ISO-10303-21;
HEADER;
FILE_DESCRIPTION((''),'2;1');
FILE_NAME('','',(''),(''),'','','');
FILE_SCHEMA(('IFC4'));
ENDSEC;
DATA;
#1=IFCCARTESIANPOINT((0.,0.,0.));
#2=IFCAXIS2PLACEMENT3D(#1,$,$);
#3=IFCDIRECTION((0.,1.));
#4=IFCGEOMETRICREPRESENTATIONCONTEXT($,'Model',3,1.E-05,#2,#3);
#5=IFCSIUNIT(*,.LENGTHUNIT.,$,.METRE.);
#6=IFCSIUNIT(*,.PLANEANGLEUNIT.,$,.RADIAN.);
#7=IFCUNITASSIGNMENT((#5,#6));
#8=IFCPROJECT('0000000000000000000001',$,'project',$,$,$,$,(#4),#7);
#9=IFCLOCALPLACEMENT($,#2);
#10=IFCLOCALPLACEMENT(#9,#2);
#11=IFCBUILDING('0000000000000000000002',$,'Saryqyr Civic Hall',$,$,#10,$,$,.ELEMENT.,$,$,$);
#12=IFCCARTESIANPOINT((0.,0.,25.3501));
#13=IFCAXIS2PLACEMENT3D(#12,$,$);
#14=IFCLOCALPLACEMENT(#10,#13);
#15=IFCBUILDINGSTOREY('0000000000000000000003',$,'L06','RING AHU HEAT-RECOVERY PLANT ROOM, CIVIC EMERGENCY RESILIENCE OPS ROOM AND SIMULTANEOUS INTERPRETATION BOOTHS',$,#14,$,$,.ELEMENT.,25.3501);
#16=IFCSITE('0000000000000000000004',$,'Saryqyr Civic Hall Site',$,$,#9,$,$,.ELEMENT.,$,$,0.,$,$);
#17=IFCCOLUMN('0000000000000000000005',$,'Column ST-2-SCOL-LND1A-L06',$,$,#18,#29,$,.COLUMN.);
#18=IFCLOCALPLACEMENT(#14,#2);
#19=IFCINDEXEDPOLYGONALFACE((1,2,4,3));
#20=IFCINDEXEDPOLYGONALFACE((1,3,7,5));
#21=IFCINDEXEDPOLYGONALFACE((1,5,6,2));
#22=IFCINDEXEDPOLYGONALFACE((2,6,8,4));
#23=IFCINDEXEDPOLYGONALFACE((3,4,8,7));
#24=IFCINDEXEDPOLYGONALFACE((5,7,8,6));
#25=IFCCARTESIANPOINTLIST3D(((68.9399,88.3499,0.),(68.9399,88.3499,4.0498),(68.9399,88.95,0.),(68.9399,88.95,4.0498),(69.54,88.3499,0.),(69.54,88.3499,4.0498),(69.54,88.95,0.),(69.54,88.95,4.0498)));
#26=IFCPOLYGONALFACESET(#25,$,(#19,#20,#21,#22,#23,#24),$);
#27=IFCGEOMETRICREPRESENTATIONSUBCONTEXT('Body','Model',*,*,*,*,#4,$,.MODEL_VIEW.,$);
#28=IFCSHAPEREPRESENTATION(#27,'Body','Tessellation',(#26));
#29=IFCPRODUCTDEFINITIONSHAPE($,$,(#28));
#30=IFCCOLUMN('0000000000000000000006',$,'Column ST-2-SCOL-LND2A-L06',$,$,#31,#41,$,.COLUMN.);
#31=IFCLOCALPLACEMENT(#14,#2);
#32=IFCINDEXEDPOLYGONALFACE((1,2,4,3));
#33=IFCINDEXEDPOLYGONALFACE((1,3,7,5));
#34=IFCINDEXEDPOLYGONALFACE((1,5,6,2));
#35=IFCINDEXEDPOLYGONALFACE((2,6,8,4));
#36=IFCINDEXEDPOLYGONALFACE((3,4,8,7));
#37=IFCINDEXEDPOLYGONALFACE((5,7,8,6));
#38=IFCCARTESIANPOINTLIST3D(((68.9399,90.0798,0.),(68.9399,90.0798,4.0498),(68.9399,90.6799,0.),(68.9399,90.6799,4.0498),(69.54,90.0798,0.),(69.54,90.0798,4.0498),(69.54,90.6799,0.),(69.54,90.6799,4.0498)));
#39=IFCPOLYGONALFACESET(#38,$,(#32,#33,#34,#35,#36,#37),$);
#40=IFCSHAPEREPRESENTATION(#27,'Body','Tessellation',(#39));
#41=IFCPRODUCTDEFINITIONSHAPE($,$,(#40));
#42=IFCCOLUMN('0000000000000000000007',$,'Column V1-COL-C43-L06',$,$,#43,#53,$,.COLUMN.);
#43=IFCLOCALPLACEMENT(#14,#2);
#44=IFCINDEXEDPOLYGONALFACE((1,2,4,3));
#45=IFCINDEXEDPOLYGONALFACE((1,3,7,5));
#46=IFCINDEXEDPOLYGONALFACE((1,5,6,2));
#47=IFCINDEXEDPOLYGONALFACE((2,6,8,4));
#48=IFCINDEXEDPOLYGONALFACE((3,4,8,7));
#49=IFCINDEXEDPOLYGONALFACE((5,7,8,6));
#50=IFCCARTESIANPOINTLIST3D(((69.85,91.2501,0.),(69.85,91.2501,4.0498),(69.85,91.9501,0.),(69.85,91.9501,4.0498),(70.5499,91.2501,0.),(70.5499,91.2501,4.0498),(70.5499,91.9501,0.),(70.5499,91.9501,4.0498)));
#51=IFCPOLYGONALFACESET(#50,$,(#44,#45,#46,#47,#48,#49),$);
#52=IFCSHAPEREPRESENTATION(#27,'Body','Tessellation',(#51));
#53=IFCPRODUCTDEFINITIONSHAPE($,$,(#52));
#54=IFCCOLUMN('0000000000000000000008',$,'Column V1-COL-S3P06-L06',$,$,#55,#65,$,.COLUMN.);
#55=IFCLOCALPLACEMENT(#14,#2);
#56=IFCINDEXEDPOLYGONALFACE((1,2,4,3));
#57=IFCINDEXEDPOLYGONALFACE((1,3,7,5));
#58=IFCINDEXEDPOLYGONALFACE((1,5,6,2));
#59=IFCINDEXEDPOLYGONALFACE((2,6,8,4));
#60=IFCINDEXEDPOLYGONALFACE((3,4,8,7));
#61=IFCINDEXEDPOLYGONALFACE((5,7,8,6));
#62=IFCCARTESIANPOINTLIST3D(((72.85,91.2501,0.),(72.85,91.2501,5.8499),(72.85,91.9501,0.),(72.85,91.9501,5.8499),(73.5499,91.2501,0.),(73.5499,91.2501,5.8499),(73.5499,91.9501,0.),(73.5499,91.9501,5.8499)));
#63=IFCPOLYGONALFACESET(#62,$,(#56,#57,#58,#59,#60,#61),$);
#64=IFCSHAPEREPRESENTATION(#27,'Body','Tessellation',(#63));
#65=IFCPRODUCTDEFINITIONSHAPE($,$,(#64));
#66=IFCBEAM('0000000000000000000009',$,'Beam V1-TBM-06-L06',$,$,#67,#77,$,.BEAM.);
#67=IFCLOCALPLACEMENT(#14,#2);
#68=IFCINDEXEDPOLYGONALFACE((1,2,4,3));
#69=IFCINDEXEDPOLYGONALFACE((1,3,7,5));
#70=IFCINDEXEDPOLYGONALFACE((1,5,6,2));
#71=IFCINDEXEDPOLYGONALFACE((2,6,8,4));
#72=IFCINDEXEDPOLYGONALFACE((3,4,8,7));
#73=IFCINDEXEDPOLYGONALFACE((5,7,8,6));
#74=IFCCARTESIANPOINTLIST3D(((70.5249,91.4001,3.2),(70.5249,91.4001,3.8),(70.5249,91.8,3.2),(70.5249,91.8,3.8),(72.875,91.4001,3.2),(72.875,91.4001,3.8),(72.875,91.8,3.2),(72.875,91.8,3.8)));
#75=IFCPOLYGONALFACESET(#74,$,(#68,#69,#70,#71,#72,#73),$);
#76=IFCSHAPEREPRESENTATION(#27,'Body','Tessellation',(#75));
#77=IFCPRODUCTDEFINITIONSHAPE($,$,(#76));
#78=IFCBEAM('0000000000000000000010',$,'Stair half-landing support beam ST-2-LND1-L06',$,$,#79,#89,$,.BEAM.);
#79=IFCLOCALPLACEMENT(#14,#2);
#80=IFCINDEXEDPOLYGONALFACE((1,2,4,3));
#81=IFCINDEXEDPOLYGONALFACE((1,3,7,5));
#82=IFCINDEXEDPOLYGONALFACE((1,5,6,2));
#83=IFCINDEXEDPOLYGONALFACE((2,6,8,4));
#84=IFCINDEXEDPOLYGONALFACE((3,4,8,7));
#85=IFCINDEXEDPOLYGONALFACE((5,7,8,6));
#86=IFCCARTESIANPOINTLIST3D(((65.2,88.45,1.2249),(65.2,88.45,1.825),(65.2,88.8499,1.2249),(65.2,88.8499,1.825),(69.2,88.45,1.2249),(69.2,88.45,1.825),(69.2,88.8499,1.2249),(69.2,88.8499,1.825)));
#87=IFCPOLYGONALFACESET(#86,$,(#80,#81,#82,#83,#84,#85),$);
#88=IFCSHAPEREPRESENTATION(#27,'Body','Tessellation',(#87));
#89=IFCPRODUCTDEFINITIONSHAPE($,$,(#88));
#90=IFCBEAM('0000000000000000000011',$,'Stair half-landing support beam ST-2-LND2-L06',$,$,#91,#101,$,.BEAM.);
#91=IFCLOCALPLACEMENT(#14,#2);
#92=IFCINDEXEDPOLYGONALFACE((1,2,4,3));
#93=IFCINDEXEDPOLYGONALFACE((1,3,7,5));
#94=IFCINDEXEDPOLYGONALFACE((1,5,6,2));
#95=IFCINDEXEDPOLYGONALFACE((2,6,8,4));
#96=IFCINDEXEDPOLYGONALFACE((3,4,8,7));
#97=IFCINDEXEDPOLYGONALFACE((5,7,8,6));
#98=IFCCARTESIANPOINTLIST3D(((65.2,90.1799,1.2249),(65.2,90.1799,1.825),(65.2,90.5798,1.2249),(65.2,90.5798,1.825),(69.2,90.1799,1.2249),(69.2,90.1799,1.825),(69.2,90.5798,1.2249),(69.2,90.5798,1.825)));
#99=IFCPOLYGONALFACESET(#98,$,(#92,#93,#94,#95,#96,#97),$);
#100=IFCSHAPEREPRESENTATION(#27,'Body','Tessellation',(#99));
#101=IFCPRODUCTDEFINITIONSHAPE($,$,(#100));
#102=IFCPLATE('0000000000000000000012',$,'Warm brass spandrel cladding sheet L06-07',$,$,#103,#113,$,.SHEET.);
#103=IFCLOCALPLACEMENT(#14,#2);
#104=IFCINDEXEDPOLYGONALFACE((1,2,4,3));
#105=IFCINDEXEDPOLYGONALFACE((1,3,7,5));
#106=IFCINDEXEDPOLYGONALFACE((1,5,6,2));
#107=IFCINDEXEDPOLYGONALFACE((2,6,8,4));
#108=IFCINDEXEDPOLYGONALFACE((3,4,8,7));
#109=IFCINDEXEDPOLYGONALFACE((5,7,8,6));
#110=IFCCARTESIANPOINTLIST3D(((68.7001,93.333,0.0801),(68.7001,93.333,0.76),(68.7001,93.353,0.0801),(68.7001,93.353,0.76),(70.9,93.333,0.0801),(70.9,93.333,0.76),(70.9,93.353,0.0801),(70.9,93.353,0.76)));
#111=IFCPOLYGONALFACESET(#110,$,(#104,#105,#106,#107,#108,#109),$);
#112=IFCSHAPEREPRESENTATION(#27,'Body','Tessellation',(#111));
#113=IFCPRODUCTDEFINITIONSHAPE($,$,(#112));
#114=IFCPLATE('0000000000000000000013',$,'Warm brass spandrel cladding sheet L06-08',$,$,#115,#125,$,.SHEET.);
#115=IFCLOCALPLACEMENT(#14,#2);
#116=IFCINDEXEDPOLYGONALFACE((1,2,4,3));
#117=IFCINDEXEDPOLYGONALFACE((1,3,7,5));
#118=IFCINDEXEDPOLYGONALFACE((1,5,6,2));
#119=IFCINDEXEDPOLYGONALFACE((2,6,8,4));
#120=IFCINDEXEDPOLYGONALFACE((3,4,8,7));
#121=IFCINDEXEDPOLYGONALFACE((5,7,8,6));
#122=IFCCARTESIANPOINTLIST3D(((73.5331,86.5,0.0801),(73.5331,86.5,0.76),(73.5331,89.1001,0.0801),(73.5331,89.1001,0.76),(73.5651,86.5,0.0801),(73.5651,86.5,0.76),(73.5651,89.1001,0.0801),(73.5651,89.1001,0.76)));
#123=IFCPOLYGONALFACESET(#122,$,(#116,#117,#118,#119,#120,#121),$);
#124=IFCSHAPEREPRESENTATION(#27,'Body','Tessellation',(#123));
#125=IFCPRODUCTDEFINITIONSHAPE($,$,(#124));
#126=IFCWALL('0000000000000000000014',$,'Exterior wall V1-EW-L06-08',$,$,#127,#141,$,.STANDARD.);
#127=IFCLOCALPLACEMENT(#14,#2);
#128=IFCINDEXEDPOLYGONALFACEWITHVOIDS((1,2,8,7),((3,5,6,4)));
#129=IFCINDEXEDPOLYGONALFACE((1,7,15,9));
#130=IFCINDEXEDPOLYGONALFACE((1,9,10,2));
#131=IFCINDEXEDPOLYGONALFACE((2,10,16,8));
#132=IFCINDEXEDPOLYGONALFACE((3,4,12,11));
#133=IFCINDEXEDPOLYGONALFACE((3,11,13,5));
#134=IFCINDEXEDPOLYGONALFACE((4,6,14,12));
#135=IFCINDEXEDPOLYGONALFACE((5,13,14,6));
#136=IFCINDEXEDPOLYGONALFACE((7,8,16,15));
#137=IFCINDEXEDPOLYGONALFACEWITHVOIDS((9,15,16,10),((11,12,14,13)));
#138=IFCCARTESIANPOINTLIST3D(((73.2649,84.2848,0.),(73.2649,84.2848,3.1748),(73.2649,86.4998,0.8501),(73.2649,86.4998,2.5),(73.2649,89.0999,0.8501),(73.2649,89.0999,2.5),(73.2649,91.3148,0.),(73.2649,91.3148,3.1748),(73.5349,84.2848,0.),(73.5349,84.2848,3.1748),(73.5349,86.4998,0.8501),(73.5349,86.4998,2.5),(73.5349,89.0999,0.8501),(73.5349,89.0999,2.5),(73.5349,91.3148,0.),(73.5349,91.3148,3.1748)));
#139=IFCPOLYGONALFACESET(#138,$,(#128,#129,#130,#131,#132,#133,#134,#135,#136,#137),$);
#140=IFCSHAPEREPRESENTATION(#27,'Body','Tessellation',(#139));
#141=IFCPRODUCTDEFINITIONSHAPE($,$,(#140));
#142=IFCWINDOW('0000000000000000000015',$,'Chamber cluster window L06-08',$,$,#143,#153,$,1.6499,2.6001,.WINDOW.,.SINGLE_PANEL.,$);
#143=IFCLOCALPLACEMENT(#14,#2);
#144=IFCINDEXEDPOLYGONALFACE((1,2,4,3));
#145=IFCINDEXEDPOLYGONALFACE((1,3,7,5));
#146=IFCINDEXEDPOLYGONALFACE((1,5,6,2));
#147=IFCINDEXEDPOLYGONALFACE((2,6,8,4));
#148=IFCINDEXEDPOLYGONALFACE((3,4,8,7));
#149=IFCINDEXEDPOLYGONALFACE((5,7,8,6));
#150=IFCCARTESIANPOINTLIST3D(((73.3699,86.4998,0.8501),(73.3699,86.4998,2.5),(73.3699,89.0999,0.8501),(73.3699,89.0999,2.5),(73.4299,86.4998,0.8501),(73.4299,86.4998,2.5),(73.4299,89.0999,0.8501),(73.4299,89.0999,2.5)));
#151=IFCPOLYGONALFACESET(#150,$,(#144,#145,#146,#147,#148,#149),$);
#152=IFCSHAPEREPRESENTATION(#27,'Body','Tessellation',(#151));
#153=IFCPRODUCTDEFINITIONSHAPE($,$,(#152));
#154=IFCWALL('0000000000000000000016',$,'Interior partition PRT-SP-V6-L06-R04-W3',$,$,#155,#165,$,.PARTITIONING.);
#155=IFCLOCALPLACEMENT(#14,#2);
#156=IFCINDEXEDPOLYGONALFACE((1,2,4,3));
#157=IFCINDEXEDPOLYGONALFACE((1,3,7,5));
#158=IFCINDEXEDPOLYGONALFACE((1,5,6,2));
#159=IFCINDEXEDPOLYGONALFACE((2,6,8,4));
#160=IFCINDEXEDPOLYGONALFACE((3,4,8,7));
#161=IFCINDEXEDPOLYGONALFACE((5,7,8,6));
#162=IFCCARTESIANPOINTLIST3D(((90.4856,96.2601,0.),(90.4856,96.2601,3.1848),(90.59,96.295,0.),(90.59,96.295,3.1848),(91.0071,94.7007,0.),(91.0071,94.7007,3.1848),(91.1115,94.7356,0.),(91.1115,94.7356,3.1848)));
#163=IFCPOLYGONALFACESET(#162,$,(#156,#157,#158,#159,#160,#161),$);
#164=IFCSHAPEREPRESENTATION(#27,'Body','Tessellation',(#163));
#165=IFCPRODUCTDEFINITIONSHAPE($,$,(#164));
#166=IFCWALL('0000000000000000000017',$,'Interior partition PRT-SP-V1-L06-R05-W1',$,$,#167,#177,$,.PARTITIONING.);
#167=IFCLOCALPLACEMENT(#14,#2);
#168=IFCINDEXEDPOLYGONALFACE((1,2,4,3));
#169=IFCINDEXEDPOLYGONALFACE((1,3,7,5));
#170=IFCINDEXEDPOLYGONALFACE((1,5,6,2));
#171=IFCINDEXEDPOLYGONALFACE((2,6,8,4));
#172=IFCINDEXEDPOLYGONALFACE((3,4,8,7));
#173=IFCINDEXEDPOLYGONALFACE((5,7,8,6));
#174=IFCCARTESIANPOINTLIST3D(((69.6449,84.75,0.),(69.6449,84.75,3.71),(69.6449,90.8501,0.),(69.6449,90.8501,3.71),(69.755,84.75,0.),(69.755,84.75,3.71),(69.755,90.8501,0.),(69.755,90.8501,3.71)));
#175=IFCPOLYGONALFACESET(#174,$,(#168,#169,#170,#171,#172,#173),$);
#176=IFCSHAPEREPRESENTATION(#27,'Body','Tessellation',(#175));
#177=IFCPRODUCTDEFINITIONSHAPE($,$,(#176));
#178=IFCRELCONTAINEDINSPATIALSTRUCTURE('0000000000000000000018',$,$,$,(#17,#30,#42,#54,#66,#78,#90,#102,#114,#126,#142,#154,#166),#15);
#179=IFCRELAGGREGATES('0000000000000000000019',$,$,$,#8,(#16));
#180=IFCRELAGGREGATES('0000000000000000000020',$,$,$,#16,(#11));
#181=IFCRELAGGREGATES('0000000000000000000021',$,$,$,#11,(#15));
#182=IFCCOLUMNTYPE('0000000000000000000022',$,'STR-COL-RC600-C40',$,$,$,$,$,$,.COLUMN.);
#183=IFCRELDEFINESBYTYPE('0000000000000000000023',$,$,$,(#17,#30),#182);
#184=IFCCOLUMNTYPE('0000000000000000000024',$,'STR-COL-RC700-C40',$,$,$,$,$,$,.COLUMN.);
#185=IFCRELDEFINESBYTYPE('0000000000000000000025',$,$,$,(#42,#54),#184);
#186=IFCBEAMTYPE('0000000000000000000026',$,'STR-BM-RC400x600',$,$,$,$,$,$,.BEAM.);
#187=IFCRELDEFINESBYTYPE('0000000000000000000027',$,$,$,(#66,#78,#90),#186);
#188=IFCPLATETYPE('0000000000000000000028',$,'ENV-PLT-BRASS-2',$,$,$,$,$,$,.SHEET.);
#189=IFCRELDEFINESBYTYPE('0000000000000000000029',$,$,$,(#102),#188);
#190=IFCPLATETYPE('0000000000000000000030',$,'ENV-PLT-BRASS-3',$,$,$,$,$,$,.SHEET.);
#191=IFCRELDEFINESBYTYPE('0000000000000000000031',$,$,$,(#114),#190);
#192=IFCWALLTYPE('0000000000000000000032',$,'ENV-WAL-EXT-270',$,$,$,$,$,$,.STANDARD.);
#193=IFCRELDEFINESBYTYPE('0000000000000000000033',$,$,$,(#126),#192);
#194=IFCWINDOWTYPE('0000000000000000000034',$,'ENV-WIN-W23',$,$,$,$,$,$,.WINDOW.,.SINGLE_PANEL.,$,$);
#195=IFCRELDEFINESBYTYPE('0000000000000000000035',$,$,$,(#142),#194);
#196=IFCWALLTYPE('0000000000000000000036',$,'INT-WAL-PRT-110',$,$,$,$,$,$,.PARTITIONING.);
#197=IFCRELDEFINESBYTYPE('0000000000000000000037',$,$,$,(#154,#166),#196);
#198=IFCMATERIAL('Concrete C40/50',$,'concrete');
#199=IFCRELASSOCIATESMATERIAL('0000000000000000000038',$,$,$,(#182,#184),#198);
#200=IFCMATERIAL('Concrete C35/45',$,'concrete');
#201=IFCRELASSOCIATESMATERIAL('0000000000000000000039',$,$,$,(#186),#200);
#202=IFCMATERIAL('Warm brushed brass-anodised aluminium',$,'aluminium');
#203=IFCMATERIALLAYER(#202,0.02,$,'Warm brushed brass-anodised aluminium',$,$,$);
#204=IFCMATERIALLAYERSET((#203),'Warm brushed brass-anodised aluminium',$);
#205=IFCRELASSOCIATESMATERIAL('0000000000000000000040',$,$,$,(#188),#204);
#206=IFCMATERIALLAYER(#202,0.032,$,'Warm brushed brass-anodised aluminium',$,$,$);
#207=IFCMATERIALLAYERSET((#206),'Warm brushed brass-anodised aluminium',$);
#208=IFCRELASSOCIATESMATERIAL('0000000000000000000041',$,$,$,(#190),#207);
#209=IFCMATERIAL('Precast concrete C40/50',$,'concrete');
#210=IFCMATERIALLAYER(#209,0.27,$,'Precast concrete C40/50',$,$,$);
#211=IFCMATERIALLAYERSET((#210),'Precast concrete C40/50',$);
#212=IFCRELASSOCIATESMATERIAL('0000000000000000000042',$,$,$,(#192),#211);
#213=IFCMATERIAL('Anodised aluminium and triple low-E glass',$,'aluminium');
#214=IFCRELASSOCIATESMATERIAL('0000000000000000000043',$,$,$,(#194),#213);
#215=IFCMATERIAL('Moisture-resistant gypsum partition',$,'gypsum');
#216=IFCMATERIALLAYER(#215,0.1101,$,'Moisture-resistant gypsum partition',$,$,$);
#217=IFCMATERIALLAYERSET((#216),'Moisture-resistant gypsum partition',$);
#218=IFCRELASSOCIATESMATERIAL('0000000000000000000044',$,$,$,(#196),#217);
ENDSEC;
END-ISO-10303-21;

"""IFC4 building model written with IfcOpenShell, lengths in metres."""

from ifc_helpers import new_model, si_unit, direction, frame, frame_2d, origin, origin_2d, place, context, subcontext, project, spatial, rectangle, extrude, material, layer, layer_set, material_profile, profile_set, type_object, element, fill, save


model = new_model("IFC4")

# Units and contexts
model_context = context("Model", 3, precision=1e-05, world=origin(), true_north=direction((0.0, 1.0)))
body_context = subcontext(model_context, "Body", "Model", "MODEL_VIEW")
ifc_project = project(units=[si_unit("LENGTHUNIT", "METRE"), si_unit("PLANEANGLEUNIT", "RADIAN")], contexts=[model_context])

# Site, building, storey
site_placement = place(None, origin())
site = spatial("IfcSite", under=ifc_project, at=site_placement, Name="Saryqyr Civic Hall Site", CompositionType="ELEMENT", RefElevation=0.0)
building_placement = place(site_placement, origin())
building = spatial("IfcBuilding", under=site, at=building_placement, Name="Saryqyr Civic Hall", CompositionType="ELEMENT")
storey_placement = place(building_placement, frame((0.0, 0.0, 25.3501)))
storey = spatial("IfcBuildingStorey", under=building, at=storey_placement, Name="L06", Description="RING AHU HEAT-RECOVERY PLANT ROOM, CIVIC EMERGENCY RESILIENCE OPS ROOM AND SIMULTANEOUS INTERPRETATION BOOTHS", CompositionType="ELEMENT", Elevation=25.3501)

# Columns
ifc_material_1 = material(Name="Concrete C40/50", Category="concrete")
ifc_material_profile_1 = material_profile(ifc_material_1, rectangle(XDim=0.6001, YDim=0.6001, at=origin_2d()), Name="RC 600x600")
ifc_profile_set_1 = profile_set([ifc_material_profile_1], Name="Concrete C40/50")
column_type_1 = type_object("IfcColumnType", Name="STR-COL-RC600-C40", PredefinedType="COLUMN", material=ifc_profile_set_1)
for number, where, z_axis, x_axis, name in (
    (1, (69.24, 88.6499, 0.0), (0.0, 0.0, 1.0), (1.0, 0.0, 0.0), "Column ST-2-SCOL-LND1A-L06"),
    (2, (69.24, 90.3799, 0.0), (0.0, 0.0, 1.0), (1.0, 0.0, 0.0), "Column ST-2-SCOL-LND2A-L06"),
):
    element("IfcColumn", number, at=place(storey_placement, frame(where, z_axis=z_axis, x_axis=x_axis)), inside=storey, type_object=column_type_1, Name=name, PredefinedType="COLUMN", context=body_context, shape_type="SweptSolid", body=[
        extrude(rectangle(XDim=0.6001, YDim=0.6001, at=origin_2d()), origin(), (0.0, 0.0, 1.0), 4.0498),
    ])
ifc_material_profile_2 = material_profile(ifc_material_1, rectangle(XDim=0.7, YDim=0.7, at=origin_2d()), Name="RC 700x700")
ifc_profile_set_2 = profile_set([ifc_material_profile_2], Name="Concrete C40/50")
column_type_2 = type_object("IfcColumnType", Name="STR-COL-RC700-C40", PredefinedType="COLUMN", material=ifc_profile_set_2)
column_1_placement = place(storey_placement, frame((70.2, 91.6001, 0.0), z_axis=(0.0, 0.0, 1.0), x_axis=(1.0, 0.0, 0.0)))
element("IfcColumn", 3, at=column_1_placement, inside=storey, type_object=column_type_2, Name="Column V1-COL-C43-L06", PredefinedType="COLUMN", context=body_context, shape_type="SweptSolid", body=[
    extrude(rectangle(XDim=0.7, YDim=0.7, at=origin_2d()), origin(), (0.0, 0.0, 1.0), 4.0498),
])
column_2_placement = place(storey_placement, frame((73.2, 91.6001, 0.0), z_axis=(0.0, 0.0, 1.0), x_axis=(1.0, 0.0, 0.0)))
element("IfcColumn", 4, at=column_2_placement, inside=storey, type_object=column_type_2, Name="Column V1-COL-S3P06-L06", PredefinedType="COLUMN", context=body_context, shape_type="SweptSolid", body=[
    extrude(rectangle(XDim=0.7, YDim=0.7, at=origin_2d()), origin(), (0.0, 0.0, 1.0), 5.8499),
])

# Beams
ifc_material_2 = material(Name="Concrete C35/45", Category="concrete")
ifc_material_profile_3 = material_profile(ifc_material_2, rectangle(XDim=0.3999, YDim=0.6001, at=origin_2d()), Name="RC 400x600")
ifc_profile_set_3 = profile_set([ifc_material_profile_3], Name="Concrete C35/45")
beam_type = type_object("IfcBeamType", Name="STR-BM-RC400x600", PredefinedType="BEAM", material=ifc_profile_set_3)
beam_placement = place(storey_placement, frame((70.5249, 91.6001, 3.5), z_axis=(1.0, 0.0, 0.0), x_axis=(0.0, 1.0, 0.0)))
element("IfcBeam", 5, at=beam_placement, inside=storey, type_object=beam_type, Name="Beam V1-TBM-06-L06", PredefinedType="BEAM", context=body_context, shape_type="SweptSolid", body=[
    extrude(rectangle(XDim=0.3999, YDim=0.6001, at=origin_2d()), origin(), (0.0, 0.0, 1.0), 2.3501),
])
for number, where, z_axis, x_axis, name in (
    (6, (69.2, 88.6499, 1.5249), (-1.0, 0.0, 0.0), (0.0, -1.0, 0.0), "Stair half-landing support beam ST-2-LND1-L06"),
    (7, (69.2, 90.3799, 1.5249), (-1.0, 0.0, 0.0), (0.0, -1.0, 0.0), "Stair half-landing support beam ST-2-LND2-L06"),
):
    element("IfcBeam", number, at=place(storey_placement, frame(where, z_axis=z_axis, x_axis=x_axis)), inside=storey, type_object=beam_type, Name=name, PredefinedType="BEAM", context=body_context, shape_type="SweptSolid", body=[
        extrude(rectangle(XDim=0.3999, YDim=0.6001, at=origin_2d()), origin(), (0.0, 0.0, 1.0), 4.0),
    ])

# Plates
ifc_material_3 = material(Name="Warm brushed brass-anodised aluminium", Category="aluminium")
ifc_layer_1 = layer(ifc_material_3, 0.02, Name="Warm brushed brass-anodised aluminium")
ifc_layer_set_1 = layer_set([ifc_layer_1], Name="Warm brushed brass-anodised aluminium")
plate_type_1 = type_object("IfcPlateType", Name="ENV-PLT-BRASS-2", PredefinedType="SHEET", material=ifc_layer_set_1)
plate_1_placement = place(storey_placement, frame((69.8, 93.343, 0.0801), z_axis=(0.0, 0.0, 1.0), x_axis=(1.0, 0.0, 0.0)))
element("IfcPlate", 8, at=plate_1_placement, inside=storey, type_object=plate_type_1, Name="Warm brass spandrel cladding sheet L06-07", PredefinedType="SHEET", context=body_context, shape_type="SweptSolid", body=[
    extrude(rectangle(XDim=2.2, YDim=0.02, at=origin_2d()), origin(), (0.0, 0.0, 1.0), 0.6799),
])
ifc_layer_2 = layer(ifc_material_3, 0.032, Name="Warm brushed brass-anodised aluminium")
ifc_layer_set_2 = layer_set([ifc_layer_2], Name="Warm brushed brass-anodised aluminium")
plate_type_2 = type_object("IfcPlateType", Name="ENV-PLT-BRASS-3", PredefinedType="SHEET", material=ifc_layer_set_2)
plate_2_placement = place(storey_placement, frame((73.5491, 87.8, 0.0801), z_axis=(0.0, 0.0, 1.0), x_axis=(0.0, -1.0, 0.0)))
element("IfcPlate", 9, at=plate_2_placement, inside=storey, type_object=plate_type_2, Name="Warm brass spandrel cladding sheet L06-08", PredefinedType="SHEET", context=body_context, shape_type="SweptSolid", body=[
    extrude(rectangle(XDim=2.6001, YDim=0.032, at=origin_2d()), origin(), (0.0, 0.0, 1.0), 0.6799),
])

# Wall, opening, window
ifc_material_4 = material(Name="Precast concrete C40/50", Category="concrete")
ifc_layer_3 = layer(ifc_material_4, 0.27, Name="Precast concrete C40/50")
ifc_layer_set_3 = layer_set([ifc_layer_3], Name="Precast concrete C40/50")
wall_type_1 = type_object("IfcWallType", Name="ENV-WAL-EXT-270", PredefinedType="STANDARD", material=ifc_layer_set_3)
wall_1_placement = place(storey_placement, frame((73.3999, 91.3149, 0.0), z_axis=(0.0, 0.0, 1.0), x_axis=(0.0, -1.0, 0.0)))
wall_1 = element("IfcWall", 10, at=wall_1_placement, inside=storey, type_object=wall_type_1, Name="Exterior wall V1-EW-L06-08", PredefinedType="STANDARD", context=body_context, shape_type="SweptSolid", body=[
    extrude(rectangle(XDim=7.03, YDim=0.27, at=frame_2d((3.5151, 0.0))), origin(), (0.0, 0.0, 1.0), 3.1748),
])
opening_1_placement = place(wall_1_placement, frame((2.2151, 0.0, 0.8501)))
opening_1 = element("IfcOpeningElement", 11, at=opening_1_placement, cuts=wall_1, PredefinedType="OPENING", context=body_context, shape_type="SweptSolid", body=[
    extrude(rectangle(XDim=2.6001, YDim=1.6499, at=frame_2d((1.3, 0.825))), frame((0.0, 0.145, 0.0), z_axis=(0.0, -1.0, 0.0), x_axis=(1.0, 0.0, 0.0)), (0.0, 0.0, 1.0), 0.29),
])
ifc_material_5 = material(Name="Anodised aluminium and triple low-E glass", Category="aluminium")
window_type = type_object("IfcWindowType", Name="ENV-WIN-W23", PartitioningType="SINGLE_PANEL", PredefinedType="WINDOW", material=ifc_material_5)
window_placement = place(opening_1_placement, origin())
window = element("IfcWindow", 12, at=window_placement, inside=storey, type_object=window_type, Name="Chamber cluster window L06-08", OverallHeight=1.6499, OverallWidth=2.6001, PartitioningType="SINGLE_PANEL", PredefinedType="WINDOW", context=body_context, shape_type="SweptSolid", body=[
    extrude(rectangle(XDim=2.6001, YDim=1.6499, at=frame_2d((1.3, 0.825))), frame((0.0, 0.03, 0.0), z_axis=(0.0, -1.0, 0.0), x_axis=(1.0, 0.0, 0.0)), (0.0, 0.0, 1.0), 0.0601),
])
fill(opening_1, window)

# Walls
ifc_material_6 = material(Name="Moisture-resistant gypsum partition", Category="gypsum")
ifc_layer_4 = layer(ifc_material_6, 0.1101, Name="Moisture-resistant gypsum partition")
ifc_layer_set_4 = layer_set([ifc_layer_4], Name="Moisture-resistant gypsum partition")
wall_type_2 = type_object("IfcWallType", Name="INT-WAL-PRT-110", PredefinedType="PARTITIONING", material=ifc_layer_set_4)
wall_2_placement = place(storey_placement, frame((91.0593, 94.718, 0.0), z_axis=(0.0, 0.0, 1.0), x_axis=(-0.317163, 0.948371, 0.0)))
element("IfcWall", 13, at=wall_2_placement, inside=storey, type_object=wall_type_2, Name="Interior partition PRT-SP-V6-L06-R04-W3", PredefinedType="PARTITIONING", context=body_context, shape_type="SweptSolid", body=[
    extrude(rectangle(XDim=1.6443, YDim=0.1101, at=frame_2d((0.8223, 0.0))), origin(), (0.0, 0.0, 1.0), 3.1848),
])
wall_3_placement = place(storey_placement, frame((69.7, 84.75, 0.0), z_axis=(0.0, 0.0, 1.0), x_axis=(0.0, 1.0, 0.0)))
element("IfcWall", 14, at=wall_3_placement, inside=storey, type_object=wall_type_2, Name="Interior partition PRT-SP-V1-L06-R05-W1", PredefinedType="PARTITIONING", context=body_context, shape_type="SweptSolid", body=[
    extrude(rectangle(XDim=6.1001, YDim=0.1101, at=frame_2d((3.05, 0.0))), origin(), (0.0, 0.0, 1.0), 3.71),
])

save(model, "model.ifc")
